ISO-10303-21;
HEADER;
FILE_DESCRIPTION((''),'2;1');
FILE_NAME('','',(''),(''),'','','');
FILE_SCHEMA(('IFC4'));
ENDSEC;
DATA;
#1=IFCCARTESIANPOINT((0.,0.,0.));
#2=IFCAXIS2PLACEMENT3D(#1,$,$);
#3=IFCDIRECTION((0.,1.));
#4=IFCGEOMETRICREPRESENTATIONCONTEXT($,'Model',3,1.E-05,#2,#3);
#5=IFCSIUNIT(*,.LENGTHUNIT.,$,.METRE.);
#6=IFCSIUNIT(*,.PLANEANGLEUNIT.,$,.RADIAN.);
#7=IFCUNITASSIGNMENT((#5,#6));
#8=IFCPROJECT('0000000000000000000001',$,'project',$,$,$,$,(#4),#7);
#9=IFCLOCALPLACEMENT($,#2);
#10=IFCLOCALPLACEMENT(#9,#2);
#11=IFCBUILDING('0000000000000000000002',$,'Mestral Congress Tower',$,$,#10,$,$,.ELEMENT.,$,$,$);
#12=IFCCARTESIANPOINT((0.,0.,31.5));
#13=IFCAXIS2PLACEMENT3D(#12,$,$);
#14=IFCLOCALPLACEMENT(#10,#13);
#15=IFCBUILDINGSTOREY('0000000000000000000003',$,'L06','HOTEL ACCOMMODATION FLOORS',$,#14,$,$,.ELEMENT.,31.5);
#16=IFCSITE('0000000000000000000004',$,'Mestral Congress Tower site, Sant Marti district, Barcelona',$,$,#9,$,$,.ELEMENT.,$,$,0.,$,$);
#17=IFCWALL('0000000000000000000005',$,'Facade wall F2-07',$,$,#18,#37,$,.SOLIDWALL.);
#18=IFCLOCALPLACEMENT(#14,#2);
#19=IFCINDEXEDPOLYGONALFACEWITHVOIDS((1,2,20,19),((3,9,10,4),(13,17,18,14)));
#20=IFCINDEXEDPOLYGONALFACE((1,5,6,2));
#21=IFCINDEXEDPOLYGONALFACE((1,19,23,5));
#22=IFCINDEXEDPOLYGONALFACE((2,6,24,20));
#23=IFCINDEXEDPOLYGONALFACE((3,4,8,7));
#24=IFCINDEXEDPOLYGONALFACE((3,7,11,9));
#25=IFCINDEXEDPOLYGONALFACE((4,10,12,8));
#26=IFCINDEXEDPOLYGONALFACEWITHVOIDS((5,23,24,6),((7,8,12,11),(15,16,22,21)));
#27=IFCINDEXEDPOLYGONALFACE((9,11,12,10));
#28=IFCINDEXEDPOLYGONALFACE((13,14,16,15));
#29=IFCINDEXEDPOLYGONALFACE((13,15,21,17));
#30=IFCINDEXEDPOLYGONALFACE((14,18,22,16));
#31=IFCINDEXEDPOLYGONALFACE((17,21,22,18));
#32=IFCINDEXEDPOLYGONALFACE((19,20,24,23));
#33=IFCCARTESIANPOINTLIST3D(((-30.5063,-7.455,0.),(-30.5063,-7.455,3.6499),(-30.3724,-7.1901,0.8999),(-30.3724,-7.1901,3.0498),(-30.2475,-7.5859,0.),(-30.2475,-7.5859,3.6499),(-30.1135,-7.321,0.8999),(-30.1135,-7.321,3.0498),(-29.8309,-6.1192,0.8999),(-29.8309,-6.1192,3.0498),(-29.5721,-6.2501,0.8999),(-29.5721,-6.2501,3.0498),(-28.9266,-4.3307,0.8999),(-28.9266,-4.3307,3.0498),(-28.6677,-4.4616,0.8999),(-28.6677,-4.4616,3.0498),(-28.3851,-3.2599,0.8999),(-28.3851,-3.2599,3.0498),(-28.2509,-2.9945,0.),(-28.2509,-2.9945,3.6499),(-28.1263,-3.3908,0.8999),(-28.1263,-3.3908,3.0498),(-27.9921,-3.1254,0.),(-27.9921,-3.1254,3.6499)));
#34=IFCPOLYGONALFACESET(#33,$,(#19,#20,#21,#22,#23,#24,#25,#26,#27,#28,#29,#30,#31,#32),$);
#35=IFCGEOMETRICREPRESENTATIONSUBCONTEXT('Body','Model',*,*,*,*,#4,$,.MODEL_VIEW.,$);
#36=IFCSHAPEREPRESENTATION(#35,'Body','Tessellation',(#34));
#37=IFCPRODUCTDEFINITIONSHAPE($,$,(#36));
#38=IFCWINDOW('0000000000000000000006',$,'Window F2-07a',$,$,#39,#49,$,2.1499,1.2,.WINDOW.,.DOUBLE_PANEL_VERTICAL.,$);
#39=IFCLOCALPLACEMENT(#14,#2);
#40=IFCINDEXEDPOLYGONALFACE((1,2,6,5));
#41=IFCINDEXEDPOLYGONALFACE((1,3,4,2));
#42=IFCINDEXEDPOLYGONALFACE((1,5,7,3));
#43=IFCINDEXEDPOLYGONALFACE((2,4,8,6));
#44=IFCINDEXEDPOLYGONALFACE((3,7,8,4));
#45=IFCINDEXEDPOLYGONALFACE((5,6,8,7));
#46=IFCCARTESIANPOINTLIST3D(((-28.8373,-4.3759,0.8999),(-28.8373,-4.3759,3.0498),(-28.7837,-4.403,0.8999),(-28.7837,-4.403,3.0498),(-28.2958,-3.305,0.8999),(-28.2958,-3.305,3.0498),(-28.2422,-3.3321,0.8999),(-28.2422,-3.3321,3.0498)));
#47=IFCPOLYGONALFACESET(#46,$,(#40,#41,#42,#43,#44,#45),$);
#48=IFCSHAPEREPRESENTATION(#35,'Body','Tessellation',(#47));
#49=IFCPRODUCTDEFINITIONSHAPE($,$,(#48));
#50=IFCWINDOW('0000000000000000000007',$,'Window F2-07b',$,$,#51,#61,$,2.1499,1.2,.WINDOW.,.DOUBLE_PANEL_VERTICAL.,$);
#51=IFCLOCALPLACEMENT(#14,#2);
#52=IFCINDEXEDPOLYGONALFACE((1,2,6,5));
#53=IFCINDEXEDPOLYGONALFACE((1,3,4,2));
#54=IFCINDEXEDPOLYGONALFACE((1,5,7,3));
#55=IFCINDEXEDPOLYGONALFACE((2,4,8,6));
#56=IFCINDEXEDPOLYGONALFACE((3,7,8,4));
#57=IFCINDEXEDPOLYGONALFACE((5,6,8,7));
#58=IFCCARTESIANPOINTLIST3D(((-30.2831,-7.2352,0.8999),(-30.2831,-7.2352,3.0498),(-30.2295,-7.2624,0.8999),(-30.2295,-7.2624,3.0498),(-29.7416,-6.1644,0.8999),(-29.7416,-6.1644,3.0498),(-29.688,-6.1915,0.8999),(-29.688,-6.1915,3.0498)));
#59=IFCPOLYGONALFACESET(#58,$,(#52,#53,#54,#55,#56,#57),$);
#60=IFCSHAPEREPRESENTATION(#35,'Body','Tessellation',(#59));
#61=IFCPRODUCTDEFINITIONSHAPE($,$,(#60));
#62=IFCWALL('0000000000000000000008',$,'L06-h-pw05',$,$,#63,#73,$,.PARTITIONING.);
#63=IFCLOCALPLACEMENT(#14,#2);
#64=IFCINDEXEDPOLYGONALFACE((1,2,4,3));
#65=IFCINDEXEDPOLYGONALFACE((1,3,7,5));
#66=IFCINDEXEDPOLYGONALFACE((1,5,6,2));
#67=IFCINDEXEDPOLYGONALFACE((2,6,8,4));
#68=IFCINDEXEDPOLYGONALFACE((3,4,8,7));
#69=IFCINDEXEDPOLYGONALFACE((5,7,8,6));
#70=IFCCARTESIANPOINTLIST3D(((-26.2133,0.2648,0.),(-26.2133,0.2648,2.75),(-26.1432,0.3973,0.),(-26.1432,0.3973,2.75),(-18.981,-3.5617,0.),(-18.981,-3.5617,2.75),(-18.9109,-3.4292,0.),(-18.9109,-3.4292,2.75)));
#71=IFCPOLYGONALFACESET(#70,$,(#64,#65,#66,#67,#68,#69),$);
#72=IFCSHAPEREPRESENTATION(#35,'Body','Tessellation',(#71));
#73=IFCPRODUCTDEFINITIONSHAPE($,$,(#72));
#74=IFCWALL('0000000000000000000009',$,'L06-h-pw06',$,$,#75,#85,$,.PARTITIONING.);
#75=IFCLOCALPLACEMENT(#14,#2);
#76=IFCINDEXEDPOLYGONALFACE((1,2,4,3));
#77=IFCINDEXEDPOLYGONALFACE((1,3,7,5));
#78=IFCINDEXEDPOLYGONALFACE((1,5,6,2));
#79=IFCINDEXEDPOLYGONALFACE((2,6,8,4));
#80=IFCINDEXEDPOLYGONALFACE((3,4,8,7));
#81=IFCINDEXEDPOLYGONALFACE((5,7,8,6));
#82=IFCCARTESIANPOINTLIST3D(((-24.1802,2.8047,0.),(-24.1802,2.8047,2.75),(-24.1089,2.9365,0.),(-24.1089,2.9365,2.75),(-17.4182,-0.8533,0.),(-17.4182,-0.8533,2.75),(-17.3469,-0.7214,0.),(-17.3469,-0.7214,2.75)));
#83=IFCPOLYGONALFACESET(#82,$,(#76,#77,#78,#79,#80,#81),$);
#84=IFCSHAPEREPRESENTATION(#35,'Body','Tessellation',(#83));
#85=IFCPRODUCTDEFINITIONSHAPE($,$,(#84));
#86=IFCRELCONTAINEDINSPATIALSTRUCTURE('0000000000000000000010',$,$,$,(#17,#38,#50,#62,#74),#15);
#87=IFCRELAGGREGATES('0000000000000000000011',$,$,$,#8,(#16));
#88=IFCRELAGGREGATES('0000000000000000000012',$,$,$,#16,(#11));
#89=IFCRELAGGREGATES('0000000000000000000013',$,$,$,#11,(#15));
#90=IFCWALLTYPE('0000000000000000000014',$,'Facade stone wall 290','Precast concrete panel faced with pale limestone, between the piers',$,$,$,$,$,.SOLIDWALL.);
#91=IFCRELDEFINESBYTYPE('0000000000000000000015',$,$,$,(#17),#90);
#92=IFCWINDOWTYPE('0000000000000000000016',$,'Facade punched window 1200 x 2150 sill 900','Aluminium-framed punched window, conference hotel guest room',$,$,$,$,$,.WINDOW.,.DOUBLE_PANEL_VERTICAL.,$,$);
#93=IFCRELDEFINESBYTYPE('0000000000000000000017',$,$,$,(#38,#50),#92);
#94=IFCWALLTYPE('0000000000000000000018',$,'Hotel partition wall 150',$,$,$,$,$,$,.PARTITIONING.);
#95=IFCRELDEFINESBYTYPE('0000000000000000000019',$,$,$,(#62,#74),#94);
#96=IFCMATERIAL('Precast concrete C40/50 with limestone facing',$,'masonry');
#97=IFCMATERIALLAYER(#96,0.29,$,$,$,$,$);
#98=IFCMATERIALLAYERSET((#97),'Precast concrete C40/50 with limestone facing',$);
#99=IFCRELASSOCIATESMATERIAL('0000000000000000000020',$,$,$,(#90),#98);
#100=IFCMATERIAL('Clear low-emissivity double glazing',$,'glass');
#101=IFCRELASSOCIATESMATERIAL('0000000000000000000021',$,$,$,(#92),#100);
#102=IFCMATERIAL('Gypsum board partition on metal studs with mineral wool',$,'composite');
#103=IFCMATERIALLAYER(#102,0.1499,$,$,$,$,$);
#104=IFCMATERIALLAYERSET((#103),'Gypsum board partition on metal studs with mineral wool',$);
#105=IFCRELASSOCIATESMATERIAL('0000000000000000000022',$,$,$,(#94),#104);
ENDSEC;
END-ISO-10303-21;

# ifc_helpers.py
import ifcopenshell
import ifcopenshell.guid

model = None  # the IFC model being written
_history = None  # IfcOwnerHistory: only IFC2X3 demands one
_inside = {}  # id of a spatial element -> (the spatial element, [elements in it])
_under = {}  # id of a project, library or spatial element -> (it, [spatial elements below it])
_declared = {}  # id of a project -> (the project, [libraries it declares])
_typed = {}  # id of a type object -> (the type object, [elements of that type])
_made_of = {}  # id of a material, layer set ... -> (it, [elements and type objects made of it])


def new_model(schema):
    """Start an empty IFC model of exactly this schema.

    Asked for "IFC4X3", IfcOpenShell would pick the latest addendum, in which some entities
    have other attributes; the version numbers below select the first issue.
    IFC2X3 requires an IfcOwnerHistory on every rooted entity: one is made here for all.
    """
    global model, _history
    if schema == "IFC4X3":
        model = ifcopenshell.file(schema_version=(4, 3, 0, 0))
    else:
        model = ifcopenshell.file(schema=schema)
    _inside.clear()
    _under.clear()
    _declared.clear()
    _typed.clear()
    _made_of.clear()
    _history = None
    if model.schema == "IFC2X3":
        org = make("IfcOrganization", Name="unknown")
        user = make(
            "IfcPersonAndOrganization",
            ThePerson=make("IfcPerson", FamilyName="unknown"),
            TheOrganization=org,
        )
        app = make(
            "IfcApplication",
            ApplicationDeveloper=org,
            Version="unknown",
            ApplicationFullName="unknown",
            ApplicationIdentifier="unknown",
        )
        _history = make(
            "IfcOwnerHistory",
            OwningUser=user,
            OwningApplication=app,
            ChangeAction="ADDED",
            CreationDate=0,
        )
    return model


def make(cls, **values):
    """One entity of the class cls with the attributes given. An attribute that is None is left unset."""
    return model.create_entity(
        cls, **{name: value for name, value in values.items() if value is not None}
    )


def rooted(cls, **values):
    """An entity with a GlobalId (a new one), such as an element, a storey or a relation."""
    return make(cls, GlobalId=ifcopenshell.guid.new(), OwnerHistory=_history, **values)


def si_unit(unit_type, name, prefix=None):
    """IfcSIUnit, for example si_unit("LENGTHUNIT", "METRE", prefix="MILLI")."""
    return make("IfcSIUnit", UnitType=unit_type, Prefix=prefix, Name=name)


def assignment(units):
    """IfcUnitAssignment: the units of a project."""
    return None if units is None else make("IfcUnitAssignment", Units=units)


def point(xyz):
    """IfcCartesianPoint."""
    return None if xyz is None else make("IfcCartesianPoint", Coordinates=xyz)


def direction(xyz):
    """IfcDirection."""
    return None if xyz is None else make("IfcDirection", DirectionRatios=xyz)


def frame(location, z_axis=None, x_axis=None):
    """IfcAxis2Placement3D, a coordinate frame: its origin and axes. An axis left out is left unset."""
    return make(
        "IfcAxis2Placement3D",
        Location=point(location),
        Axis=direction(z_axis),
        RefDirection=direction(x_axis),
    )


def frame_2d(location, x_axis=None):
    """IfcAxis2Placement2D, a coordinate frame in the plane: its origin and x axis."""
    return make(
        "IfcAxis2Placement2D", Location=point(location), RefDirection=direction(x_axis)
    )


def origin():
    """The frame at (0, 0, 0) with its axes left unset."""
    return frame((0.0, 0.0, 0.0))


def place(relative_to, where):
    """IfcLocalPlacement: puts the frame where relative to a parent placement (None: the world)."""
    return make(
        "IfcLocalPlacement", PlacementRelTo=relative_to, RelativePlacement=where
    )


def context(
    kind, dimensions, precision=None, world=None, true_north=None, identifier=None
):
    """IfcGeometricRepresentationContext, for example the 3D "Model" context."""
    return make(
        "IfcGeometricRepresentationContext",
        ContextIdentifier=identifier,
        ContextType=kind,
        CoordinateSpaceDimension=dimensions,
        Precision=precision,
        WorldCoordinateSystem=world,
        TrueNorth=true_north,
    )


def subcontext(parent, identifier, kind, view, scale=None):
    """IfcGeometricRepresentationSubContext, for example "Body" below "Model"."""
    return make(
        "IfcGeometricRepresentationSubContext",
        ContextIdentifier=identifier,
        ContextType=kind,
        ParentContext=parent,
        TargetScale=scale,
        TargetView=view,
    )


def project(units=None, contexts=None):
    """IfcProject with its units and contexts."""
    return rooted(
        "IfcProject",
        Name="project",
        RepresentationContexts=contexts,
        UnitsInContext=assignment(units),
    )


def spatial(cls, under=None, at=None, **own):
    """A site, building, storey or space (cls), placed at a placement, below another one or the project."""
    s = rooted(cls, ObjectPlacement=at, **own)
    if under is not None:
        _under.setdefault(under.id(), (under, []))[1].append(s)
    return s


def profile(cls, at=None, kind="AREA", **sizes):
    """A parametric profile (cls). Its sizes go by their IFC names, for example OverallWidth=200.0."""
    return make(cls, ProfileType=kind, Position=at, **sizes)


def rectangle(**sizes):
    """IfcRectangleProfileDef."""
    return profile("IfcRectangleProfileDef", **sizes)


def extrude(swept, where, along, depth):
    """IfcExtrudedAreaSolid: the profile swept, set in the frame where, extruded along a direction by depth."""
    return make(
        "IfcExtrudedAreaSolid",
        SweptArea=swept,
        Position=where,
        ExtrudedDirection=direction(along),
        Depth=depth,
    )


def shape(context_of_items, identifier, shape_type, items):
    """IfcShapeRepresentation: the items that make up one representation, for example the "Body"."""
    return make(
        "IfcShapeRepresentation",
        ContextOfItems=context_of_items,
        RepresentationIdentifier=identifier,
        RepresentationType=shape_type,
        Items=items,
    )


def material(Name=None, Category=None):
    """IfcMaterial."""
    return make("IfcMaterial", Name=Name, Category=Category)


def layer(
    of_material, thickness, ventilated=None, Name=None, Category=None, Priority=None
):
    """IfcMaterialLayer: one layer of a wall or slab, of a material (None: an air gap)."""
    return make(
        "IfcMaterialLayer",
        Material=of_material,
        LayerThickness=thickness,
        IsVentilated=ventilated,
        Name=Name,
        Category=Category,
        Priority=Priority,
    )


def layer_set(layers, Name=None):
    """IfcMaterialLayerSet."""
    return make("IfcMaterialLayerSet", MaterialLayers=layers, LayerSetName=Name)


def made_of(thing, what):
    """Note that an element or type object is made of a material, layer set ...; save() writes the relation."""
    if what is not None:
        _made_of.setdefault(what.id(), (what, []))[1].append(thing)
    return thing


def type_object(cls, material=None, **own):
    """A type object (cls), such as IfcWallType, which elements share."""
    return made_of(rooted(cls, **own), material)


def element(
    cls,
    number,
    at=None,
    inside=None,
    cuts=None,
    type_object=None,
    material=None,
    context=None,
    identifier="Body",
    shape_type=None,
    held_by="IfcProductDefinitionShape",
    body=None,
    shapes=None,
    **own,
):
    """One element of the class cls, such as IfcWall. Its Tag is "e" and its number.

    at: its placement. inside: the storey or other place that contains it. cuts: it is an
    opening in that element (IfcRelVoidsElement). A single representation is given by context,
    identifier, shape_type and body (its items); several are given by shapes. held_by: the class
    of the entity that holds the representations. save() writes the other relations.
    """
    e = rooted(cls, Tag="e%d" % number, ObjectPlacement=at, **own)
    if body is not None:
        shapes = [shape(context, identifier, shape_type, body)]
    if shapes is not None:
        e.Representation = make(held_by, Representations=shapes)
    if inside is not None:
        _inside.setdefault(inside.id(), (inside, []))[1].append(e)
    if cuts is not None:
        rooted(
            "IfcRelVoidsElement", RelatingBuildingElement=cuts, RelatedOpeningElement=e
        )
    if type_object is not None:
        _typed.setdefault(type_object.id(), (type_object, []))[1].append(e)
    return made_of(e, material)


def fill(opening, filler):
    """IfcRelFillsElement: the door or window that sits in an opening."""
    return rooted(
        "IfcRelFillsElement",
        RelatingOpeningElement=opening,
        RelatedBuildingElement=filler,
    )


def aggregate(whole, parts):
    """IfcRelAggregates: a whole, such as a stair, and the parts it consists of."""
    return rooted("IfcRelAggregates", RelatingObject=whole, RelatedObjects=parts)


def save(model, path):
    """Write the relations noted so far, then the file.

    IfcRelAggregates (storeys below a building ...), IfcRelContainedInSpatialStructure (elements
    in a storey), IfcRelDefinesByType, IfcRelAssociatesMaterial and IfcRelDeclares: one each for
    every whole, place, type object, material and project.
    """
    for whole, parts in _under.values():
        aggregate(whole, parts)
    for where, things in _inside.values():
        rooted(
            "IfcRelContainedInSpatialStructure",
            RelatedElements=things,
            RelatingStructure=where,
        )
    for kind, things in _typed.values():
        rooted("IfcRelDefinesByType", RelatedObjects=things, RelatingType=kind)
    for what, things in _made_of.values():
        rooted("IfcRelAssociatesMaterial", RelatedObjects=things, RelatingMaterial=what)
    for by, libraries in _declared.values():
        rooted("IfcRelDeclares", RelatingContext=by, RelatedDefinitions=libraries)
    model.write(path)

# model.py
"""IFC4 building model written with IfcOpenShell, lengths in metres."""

from ifc_helpers import new_model, si_unit, direction, frame, frame_2d, origin, place, context, subcontext, project, spatial, rectangle, extrude, material, layer, layer_set, type_object, element, fill, save


model = new_model("IFC4")

# Units and contexts
model_context = context("Model", 3, precision=1e-05, world=origin(), true_north=direction((0.0, 1.0)))
body_context = subcontext(model_context, "Body", "Model", "MODEL_VIEW")
ifc_project = project(units=[si_unit("LENGTHUNIT", "METRE"), si_unit("PLANEANGLEUNIT", "RADIAN")], contexts=[model_context])

# Site, building, storey
site_placement = place(None, origin())
site = spatial("IfcSite", under=ifc_project, at=site_placement, Name="Mestral Congress Tower site, Sant Marti district, Barcelona", CompositionType="ELEMENT", RefElevation=0.0)
building_placement = place(site_placement, origin())
building = spatial("IfcBuilding", under=site, at=building_placement, Name="Mestral Congress Tower", CompositionType="ELEMENT")
storey_placement = place(building_placement, frame((0.0, 0.0, 31.5)))
storey = spatial("IfcBuildingStorey", under=building, at=storey_placement, Name="L06", Description="HOTEL ACCOMMODATION FLOORS", CompositionType="ELEMENT", Elevation=31.5)

# Wall, openings, windows
ifc_material_1 = material(Name="Precast concrete C40/50 with limestone facing", Category="masonry")
ifc_layer_1 = layer(ifc_material_1, 0.29)
ifc_layer_set_1 = layer_set([ifc_layer_1], Name="Precast concrete C40/50 with limestone facing")
wall_type_1 = type_object("IfcWallType", Name="Facade stone wall 290", Description="Precast concrete panel faced with pale limestone, between the piers", PredefinedType="SOLIDWALL", material=ifc_layer_set_1)
ifc_material_2 = material(Name="Clear low-emissivity double glazing", Category="glass")
window_type = type_object("IfcWindowType", Name="Facade punched window 1200 x 2150 sill 900", Description="Aluminium-framed punched window, conference hotel guest room", PartitioningType="DOUBLE_PANEL_VERTICAL", PredefinedType="WINDOW", material=ifc_material_2)
wall_1_placement = place(storey_placement, frame((-28.1216, -3.0601, 0.0), z_axis=(0.0, 0.0, 1.0), x_axis=(-0.451234, -0.892406, 0.0)))
wall_1 = element("IfcWall", 1, at=wall_1_placement, inside=storey, type_object=wall_type_1, Name="Facade wall F2-07", PredefinedType="SOLIDWALL", context=body_context, shape_type="SweptSolid", body=[
    extrude(rectangle(XDim=4.9983, YDim=0.29, at=frame_2d((2.499, 0.0))), origin(), (0.0, 0.0, 1.0), 3.6499),
])
opening_1_placement = place(wall_1_placement, frame((0.2971, 0.0, 0.8999)))
opening_1 = element("IfcOpeningElement", 2, at=opening_1_placement, cuts=wall_1, PredefinedType="OPENING", context=body_context, shape_type="SweptSolid", body=[
    extrude(rectangle(XDim=1.2, YDim=2.1499, at=frame_2d((0.6001, 1.075))), frame((0.0, 0.155, 0.0), z_axis=(0.0, -1.0, 0.0), x_axis=(1.0, 0.0, 0.0)), (0.0, 0.0, 1.0), 0.3101),
])
opening_2_placement = place(wall_1_placement, frame((3.5012, 0.0, 0.8999)))
opening_2 = element("IfcOpeningElement", 3, at=opening_2_placement, cuts=wall_1, PredefinedType="OPENING", context=body_context, shape_type="SweptSolid", body=[
    extrude(rectangle(XDim=1.2, YDim=2.1499, at=frame_2d((0.6001, 1.075))), frame((0.0, 0.155, 0.0), z_axis=(0.0, -1.0, 0.0), x_axis=(1.0, 0.0, 0.0)), (0.0, 0.0, 1.0), 0.3101),
])
window_1_placement = place(opening_1_placement, origin())
window_1 = element("IfcWindow", 4, at=window_1_placement, inside=storey, type_object=window_type, Name="Window F2-07a", OverallHeight=2.1499, OverallWidth=1.2, PartitioningType="DOUBLE_PANEL_VERTICAL", PredefinedType="WINDOW", context=body_context, shape_type="SweptSolid", body=[
    extrude(rectangle(XDim=1.2, YDim=2.1499, at=frame_2d((0.6001, 1.075))), frame((0.0, 0.0151, 0.0), z_axis=(0.0, -1.0, 0.0), x_axis=(1.0, 0.0, 0.0)), (0.0, 0.0, 1.0), 0.0601),
])
fill(opening_1, window_1)
window_2_placement = place(opening_2_placement, origin())
window_2 = element("IfcWindow", 5, at=window_2_placement, inside=storey, type_object=window_type, Name="Window F2-07b", OverallHeight=2.1499, OverallWidth=1.2, PartitioningType="DOUBLE_PANEL_VERTICAL", PredefinedType="WINDOW", context=body_context, shape_type="SweptSolid", body=[
    extrude(rectangle(XDim=1.2, YDim=2.1499, at=frame_2d((0.6001, 1.075))), frame((0.0, 0.0151, 0.0), z_axis=(0.0, -1.0, 0.0), x_axis=(1.0, 0.0, 0.0)), (0.0, 0.0, 1.0), 0.0601),
])
fill(opening_2, window_2)

# Walls
ifc_material_3 = material(Name="Gypsum board partition on metal studs with mineral wool", Category="composite")
ifc_layer_2 = layer(ifc_material_3, 0.1499)
ifc_layer_set_2 = layer_set([ifc_layer_2], Name="Gypsum board partition on metal studs with mineral wool")
wall_type_2 = type_object("IfcWallType", Name="Hotel partition wall 150", PredefinedType="PARTITIONING", material=ifc_layer_set_2)
wall_2_placement = place(storey_placement, frame((-26.1782, 0.3311, 0.0), z_axis=(0.0, 0.0, 1.0), x_axis=(0.883908, -0.46766, 0.0)))
element("IfcWall", 6, at=wall_2_placement, inside=storey, type_object=wall_type_2, Name="L06-h-pw05", PredefinedType="PARTITIONING", context=body_context, shape_type="SweptSolid", body=[
    extrude(rectangle(XDim=8.1821, YDim=0.1499, at=frame_2d((4.0911, 0.0))), origin(), (0.0, 0.0, 1.0), 2.75),
])
wall_3_placement = place(storey_placement, frame((-24.1445, 2.8706, 0.0), z_axis=(0.0, 0.0, 1.0), x_axis=(0.879552, -0.475803, 0.0)))
element("IfcWall", 7, at=wall_3_placement, inside=storey, type_object=wall_type_2, Name="L06-h-pw06", PredefinedType="PARTITIONING", context=body_context, shape_type="SweptSolid", body=[
    extrude(rectangle(XDim=7.688, YDim=0.1499, at=frame_2d((3.844, 0.0))), origin(), (0.0, 0.0, 1.0), 2.75),
])

save(model, "model.ifc")
